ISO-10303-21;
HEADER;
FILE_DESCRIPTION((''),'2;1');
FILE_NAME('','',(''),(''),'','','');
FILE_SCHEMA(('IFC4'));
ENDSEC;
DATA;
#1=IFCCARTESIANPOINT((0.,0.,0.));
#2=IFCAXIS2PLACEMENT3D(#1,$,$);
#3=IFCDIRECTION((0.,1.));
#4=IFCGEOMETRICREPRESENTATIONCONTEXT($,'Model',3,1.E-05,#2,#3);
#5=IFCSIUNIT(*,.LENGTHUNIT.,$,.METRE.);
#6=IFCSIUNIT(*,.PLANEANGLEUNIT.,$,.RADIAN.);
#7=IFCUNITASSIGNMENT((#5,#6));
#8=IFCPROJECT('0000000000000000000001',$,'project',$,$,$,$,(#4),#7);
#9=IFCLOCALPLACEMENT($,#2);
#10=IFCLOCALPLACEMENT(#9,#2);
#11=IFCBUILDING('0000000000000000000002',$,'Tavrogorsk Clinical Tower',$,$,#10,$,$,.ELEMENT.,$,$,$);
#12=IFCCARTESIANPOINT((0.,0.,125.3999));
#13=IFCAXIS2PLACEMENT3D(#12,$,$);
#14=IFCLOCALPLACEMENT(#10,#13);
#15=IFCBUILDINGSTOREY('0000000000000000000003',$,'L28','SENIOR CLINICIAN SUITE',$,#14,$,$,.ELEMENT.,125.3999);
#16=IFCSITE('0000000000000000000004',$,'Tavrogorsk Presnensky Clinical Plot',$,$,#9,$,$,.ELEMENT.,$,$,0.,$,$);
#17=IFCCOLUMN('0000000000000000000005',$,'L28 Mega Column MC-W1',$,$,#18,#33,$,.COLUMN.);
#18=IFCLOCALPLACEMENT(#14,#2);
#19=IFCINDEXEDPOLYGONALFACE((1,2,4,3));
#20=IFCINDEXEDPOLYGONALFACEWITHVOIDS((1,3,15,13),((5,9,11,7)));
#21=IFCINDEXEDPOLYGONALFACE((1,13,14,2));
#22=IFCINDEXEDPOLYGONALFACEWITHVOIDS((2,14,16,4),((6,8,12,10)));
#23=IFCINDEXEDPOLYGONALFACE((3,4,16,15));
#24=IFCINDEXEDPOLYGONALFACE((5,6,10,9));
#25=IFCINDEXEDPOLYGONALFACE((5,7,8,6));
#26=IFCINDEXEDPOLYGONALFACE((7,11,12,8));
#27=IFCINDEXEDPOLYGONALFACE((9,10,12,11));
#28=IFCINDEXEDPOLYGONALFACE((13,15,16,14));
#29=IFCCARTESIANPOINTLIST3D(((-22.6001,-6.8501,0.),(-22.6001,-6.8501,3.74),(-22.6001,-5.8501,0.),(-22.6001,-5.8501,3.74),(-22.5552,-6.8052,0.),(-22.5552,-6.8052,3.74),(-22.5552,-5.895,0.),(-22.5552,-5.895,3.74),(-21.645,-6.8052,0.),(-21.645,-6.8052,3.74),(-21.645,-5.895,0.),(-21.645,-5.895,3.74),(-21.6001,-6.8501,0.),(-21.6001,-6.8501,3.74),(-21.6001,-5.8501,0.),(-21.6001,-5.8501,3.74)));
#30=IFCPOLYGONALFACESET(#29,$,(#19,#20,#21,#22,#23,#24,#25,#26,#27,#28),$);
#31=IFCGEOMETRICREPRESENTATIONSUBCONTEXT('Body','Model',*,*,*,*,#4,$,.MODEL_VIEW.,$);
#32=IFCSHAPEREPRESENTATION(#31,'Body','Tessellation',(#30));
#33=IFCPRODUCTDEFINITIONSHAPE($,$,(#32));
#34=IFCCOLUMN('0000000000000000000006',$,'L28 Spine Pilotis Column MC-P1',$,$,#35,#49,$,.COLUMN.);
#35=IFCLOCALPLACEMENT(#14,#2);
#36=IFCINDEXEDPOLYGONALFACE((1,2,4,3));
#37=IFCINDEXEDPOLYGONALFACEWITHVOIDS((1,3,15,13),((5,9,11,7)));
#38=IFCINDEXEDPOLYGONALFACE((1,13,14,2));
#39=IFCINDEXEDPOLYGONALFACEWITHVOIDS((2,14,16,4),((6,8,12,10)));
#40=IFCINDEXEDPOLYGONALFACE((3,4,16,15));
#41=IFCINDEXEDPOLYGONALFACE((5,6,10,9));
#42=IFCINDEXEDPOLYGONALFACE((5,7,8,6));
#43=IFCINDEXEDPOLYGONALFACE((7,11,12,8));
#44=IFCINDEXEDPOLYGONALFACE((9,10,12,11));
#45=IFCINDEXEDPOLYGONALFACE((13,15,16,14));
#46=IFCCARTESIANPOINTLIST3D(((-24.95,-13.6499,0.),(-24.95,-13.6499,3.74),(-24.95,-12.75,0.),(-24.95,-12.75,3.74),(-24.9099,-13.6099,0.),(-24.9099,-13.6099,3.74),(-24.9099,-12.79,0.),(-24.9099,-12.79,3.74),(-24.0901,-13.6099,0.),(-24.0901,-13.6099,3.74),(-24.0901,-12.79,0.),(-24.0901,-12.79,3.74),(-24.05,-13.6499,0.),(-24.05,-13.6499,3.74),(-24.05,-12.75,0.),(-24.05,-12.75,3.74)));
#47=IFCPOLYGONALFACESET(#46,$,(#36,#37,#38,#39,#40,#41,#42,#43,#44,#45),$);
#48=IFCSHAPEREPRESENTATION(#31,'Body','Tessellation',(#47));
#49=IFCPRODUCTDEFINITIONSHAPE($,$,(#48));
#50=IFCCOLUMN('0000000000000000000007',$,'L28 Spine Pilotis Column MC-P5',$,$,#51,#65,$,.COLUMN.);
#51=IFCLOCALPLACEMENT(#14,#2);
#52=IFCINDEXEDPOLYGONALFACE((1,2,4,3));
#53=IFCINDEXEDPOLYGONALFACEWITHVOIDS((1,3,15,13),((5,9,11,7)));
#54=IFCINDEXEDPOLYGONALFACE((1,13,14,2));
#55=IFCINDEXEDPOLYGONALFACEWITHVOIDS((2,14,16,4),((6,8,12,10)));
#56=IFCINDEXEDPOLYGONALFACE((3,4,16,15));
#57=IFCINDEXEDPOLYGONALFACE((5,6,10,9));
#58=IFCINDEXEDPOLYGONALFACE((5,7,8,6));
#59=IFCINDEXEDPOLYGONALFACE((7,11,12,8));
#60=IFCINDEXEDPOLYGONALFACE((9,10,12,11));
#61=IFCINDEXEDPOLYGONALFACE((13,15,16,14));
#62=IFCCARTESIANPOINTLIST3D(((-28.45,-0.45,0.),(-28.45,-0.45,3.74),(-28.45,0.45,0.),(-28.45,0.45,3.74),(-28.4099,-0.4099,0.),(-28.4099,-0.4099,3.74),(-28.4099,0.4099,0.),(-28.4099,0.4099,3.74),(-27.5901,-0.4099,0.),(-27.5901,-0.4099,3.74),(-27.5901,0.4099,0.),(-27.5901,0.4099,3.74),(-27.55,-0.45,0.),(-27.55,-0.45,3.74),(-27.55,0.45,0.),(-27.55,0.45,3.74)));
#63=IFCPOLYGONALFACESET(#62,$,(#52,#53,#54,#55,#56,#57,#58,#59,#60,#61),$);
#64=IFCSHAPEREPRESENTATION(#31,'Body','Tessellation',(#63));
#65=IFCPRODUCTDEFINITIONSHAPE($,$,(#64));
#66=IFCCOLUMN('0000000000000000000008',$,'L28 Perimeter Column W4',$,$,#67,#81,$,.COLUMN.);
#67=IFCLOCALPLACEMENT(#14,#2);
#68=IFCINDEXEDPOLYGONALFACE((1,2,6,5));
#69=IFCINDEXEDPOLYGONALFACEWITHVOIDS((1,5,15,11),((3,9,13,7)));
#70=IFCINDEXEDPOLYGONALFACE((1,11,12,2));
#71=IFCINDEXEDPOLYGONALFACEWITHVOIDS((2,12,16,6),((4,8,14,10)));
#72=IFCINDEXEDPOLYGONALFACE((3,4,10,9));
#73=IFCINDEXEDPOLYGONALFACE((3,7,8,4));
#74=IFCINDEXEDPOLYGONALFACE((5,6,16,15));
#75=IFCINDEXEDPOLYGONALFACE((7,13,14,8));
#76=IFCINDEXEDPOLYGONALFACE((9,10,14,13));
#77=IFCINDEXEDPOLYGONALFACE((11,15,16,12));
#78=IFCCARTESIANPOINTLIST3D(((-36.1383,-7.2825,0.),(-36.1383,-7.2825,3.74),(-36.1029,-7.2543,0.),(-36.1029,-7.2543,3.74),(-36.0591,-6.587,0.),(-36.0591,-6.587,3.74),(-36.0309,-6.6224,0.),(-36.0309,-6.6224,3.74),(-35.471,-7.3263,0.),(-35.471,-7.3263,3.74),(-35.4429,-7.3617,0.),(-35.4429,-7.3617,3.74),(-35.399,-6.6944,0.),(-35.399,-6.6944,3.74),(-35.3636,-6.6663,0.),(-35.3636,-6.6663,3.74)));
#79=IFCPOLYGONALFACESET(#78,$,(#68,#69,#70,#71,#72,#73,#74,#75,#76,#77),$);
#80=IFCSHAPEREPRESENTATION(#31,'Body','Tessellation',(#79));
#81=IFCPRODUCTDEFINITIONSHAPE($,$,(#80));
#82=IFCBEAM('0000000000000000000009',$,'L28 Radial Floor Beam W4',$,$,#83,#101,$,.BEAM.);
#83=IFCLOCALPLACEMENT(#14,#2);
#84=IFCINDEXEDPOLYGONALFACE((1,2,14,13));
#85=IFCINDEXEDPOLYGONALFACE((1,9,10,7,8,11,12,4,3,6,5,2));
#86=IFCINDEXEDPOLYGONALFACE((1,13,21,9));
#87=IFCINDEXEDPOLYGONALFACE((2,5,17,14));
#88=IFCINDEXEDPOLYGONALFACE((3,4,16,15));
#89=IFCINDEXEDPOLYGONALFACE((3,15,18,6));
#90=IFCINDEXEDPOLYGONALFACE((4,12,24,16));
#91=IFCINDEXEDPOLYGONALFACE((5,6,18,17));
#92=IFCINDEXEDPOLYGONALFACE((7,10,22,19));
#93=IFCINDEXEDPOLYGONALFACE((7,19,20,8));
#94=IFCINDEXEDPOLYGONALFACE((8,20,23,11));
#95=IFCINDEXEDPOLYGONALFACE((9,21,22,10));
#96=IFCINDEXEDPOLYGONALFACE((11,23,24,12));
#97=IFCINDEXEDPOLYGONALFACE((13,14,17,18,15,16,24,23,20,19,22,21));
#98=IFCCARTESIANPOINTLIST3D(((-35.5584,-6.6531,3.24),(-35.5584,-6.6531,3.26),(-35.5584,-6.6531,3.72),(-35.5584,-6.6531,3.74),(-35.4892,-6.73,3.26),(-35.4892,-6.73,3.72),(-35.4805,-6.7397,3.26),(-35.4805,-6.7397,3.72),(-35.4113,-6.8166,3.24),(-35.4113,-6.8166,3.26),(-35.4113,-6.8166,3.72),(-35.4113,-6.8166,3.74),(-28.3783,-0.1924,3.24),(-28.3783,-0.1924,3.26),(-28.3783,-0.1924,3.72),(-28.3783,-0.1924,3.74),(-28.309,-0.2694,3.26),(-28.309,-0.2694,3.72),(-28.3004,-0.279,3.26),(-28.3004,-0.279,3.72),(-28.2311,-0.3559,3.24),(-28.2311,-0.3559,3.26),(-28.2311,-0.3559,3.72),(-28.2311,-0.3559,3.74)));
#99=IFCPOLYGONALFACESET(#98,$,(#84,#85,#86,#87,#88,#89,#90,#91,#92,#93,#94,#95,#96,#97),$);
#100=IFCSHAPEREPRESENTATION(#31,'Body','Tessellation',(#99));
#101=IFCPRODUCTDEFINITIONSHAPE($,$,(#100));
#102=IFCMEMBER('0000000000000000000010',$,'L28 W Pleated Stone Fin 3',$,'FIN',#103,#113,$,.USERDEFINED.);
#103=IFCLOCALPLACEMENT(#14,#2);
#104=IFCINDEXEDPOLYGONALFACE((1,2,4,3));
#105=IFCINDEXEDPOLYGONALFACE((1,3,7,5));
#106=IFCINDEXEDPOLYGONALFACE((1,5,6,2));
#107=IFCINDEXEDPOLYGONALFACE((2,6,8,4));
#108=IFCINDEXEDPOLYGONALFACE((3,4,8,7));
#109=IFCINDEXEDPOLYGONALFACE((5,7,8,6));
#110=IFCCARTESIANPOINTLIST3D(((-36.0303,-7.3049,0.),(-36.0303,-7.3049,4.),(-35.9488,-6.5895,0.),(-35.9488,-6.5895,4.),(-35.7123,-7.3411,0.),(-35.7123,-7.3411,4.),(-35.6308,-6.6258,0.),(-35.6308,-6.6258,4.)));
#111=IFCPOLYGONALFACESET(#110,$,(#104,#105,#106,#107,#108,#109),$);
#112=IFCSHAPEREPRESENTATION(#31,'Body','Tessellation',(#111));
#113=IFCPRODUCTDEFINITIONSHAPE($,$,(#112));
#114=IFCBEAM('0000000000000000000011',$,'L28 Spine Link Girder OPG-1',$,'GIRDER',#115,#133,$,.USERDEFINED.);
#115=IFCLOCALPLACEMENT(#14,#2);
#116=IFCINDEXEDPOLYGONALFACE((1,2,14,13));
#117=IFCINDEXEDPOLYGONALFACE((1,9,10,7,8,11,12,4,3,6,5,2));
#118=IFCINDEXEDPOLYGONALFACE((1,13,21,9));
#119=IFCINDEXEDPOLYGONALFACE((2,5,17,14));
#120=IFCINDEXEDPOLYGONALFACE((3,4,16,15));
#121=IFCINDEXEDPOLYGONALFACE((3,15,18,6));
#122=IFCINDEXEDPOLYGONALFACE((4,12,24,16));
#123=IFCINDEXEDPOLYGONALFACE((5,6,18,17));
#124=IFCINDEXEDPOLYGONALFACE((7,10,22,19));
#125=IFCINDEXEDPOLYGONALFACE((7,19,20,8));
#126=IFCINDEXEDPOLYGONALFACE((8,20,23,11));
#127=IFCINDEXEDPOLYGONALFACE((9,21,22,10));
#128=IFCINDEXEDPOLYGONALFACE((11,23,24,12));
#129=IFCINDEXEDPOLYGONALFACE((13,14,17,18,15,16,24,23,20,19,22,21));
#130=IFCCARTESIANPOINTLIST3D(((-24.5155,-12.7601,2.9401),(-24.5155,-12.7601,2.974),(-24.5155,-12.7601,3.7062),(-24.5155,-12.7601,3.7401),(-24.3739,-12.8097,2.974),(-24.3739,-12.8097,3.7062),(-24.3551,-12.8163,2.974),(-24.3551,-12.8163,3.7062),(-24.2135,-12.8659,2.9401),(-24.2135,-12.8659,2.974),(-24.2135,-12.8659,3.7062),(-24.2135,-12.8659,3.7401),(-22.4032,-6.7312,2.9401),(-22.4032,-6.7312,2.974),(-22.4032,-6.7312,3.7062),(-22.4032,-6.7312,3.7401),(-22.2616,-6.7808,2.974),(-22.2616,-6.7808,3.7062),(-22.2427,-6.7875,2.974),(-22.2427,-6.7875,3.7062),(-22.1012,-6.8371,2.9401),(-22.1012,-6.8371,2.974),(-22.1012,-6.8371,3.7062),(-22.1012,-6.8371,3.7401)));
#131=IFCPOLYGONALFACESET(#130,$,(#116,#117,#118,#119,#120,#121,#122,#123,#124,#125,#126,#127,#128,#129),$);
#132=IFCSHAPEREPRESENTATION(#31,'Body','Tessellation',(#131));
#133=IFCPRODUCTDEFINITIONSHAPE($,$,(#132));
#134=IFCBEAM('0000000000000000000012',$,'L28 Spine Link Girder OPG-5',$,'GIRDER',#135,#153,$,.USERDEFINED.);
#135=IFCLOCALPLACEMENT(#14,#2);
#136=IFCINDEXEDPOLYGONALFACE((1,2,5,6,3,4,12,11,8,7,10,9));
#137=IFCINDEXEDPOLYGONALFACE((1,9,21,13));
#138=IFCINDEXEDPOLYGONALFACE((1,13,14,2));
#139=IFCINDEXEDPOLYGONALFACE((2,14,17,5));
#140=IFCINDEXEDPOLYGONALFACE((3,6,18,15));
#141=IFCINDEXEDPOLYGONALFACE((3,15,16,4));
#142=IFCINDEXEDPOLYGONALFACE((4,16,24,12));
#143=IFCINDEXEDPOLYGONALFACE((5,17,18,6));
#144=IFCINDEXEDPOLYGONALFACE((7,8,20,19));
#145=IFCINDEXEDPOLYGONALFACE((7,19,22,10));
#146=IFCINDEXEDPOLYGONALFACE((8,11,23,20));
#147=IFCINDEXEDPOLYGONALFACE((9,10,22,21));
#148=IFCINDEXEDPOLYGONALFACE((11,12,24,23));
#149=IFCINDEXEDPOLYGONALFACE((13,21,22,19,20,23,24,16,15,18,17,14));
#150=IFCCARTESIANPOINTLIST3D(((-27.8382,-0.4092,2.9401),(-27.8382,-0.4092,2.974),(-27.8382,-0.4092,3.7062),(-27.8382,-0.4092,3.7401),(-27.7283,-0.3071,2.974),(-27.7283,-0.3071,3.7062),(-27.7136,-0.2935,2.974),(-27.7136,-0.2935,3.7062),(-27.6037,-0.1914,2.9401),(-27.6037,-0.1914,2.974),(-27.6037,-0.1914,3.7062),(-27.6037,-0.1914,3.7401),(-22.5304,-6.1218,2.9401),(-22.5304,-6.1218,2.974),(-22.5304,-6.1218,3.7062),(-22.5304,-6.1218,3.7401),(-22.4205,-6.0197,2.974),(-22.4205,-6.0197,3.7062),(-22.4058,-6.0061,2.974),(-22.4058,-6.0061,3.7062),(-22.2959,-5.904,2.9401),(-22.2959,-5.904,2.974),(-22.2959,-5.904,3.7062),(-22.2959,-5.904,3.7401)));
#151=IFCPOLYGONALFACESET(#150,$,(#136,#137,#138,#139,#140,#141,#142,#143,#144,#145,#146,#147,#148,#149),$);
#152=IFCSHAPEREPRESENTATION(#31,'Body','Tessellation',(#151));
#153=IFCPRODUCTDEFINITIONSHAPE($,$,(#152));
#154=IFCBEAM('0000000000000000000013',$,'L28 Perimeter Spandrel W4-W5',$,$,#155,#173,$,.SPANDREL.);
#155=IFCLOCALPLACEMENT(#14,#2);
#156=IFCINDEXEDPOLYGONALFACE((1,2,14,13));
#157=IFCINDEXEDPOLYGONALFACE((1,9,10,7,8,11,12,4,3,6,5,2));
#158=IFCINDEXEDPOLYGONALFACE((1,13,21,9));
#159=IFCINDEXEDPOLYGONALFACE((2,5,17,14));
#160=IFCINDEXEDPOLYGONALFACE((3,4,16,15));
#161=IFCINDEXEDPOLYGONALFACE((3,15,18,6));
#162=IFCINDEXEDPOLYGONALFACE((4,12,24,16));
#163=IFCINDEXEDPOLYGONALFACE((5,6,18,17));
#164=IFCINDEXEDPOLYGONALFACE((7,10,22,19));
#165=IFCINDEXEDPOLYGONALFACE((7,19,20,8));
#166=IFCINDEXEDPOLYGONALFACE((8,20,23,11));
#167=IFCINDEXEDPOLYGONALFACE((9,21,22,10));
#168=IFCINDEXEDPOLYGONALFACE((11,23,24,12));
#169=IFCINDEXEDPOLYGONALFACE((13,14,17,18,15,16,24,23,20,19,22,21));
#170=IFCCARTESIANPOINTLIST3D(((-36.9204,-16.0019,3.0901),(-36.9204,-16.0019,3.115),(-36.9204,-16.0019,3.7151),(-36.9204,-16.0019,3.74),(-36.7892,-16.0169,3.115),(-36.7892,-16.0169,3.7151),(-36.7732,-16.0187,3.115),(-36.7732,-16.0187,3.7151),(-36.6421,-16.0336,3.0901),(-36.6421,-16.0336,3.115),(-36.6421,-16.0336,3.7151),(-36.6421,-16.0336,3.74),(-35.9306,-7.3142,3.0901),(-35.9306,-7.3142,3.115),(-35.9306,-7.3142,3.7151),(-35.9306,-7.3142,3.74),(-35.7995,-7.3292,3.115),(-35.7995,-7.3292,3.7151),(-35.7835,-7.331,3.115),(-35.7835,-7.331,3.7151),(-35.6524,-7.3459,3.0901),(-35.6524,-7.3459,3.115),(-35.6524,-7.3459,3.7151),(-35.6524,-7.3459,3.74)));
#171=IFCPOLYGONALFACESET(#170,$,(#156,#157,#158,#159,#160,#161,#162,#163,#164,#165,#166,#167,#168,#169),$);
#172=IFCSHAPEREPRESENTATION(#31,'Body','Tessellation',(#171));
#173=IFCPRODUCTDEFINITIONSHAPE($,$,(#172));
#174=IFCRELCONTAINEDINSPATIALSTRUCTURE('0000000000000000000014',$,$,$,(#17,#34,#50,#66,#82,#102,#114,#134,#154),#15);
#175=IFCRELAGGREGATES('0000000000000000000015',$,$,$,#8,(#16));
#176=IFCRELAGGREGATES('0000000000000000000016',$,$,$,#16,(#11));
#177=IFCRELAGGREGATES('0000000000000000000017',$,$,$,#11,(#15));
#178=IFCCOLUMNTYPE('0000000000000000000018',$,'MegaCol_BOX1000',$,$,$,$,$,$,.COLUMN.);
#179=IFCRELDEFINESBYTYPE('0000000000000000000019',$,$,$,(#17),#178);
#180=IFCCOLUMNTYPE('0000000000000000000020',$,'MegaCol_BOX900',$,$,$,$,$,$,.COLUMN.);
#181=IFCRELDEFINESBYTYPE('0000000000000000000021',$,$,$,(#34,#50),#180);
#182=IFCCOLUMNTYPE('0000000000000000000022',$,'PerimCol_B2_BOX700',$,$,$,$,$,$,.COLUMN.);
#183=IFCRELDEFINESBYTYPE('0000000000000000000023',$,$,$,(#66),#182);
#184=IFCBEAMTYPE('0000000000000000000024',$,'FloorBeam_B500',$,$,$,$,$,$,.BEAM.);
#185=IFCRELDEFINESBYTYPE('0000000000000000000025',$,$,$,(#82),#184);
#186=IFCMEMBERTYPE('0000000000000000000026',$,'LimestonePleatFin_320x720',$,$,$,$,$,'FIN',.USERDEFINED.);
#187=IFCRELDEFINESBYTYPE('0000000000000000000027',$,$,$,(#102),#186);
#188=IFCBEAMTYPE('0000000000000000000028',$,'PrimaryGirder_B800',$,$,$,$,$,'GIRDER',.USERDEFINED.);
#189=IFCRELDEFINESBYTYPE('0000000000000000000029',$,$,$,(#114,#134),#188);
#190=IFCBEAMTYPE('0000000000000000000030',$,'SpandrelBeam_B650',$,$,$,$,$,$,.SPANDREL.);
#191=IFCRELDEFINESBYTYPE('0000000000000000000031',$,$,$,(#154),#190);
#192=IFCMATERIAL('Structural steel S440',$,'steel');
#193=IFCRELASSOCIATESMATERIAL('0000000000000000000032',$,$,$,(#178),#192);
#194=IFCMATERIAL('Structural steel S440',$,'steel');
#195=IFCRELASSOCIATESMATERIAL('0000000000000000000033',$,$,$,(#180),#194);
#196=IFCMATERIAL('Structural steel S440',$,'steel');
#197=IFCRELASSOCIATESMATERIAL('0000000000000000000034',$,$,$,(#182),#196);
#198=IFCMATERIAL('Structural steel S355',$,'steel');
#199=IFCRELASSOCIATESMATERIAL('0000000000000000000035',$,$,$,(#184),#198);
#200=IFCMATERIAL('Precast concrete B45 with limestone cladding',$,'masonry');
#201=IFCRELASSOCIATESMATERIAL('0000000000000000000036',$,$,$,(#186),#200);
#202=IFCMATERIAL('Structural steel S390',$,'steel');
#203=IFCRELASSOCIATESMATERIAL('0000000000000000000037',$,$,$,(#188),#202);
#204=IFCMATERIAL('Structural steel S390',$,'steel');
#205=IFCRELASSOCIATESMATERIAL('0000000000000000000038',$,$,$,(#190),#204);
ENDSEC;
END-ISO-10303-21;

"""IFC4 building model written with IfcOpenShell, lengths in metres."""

from ifc_helpers import new_model, si_unit, direction, frame, origin, origin_2d, place, context, subcontext, project, spatial, rectangle, hollow_rectangle, i_section, extrude, material, material_profile, profile_set, type_object, element, save


model = new_model("IFC4")

# Units and contexts
model_context = context("Model", 3, precision=1e-05, world=origin(), true_north=direction((0.0, 1.0)))
body_context = subcontext(model_context, "Body", "Model", "MODEL_VIEW")
ifc_project = project(units=[si_unit("LENGTHUNIT", "METRE"), si_unit("PLANEANGLEUNIT", "RADIAN")], contexts=[model_context])

# Site, building, storey
site_placement = place(None, origin())
site = spatial("IfcSite", under=ifc_project, at=site_placement, Name="Tavrogorsk Presnensky Clinical Plot", CompositionType="ELEMENT", RefElevation=0.0)
building_placement = place(site_placement, origin())
building = spatial("IfcBuilding", under=site, at=building_placement, Name="Tavrogorsk Clinical Tower", CompositionType="ELEMENT")
storey_placement = place(building_placement, frame((0.0, 0.0, 125.3999)))
storey = spatial("IfcBuildingStorey", under=building, at=storey_placement, Name="L28", Description="SENIOR CLINICIAN SUITE", CompositionType="ELEMENT", Elevation=125.3999)

# Columns
ifc_material_1 = material(Name="Structural steel S440", Category="steel")
ifc_material_profile_1 = material_profile(ifc_material_1, hollow_rectangle(XDim=1.0, YDim=1.0, WallThickness=0.0449, at=origin_2d()), Name="BOX-1000x1000x45")
ifc_profile_set_1 = profile_set([ifc_material_profile_1], Name="Structural steel S440")
column_type_1 = type_object("IfcColumnType", Name="MegaCol_BOX1000", PredefinedType="COLUMN", material=ifc_profile_set_1)
column_1_placement = place(storey_placement, frame((-22.1001, -6.3501, 0.0), z_axis=(0.0, 0.0, 1.0), x_axis=(1.0, 0.0, 0.0)))
element("IfcColumn", 1, at=column_1_placement, inside=storey, type_object=column_type_1, Name="L28 Mega Column MC-W1", PredefinedType="COLUMN", context=body_context, shape_type="SweptSolid", body=[
    extrude(hollow_rectangle(XDim=1.0, YDim=1.0, WallThickness=0.0449, at=origin_2d()), origin(), (0.0, 0.0, 1.0), 3.74),
])
ifc_material_2 = material(Name="Structural steel S440", Category="steel")
ifc_material_profile_2 = material_profile(ifc_material_2, hollow_rectangle(XDim=0.8999, YDim=0.8999, WallThickness=0.04, at=origin_2d()), Name="BOX-900x900x40")
ifc_profile_set_2 = profile_set([ifc_material_profile_2], Name="Structural steel S440")
column_type_2 = type_object("IfcColumnType", Name="MegaCol_BOX900", PredefinedType="COLUMN", material=ifc_profile_set_2)
for number, where, z_axis, x_axis, name in (
    (2, (-24.5, -13.2, 0.0), (0.0, 0.0, 1.0), (1.0, 0.0, 0.0), "L28 Spine Pilotis Column MC-P1"),
    (3, (-28.0, 0.0, 0.0), (0.0, 0.0, 1.0), (1.0, 0.0, 0.0), "L28 Spine Pilotis Column MC-P5"),
):
    element("IfcColumn", number, at=place(storey_placement, frame(where, z_axis=z_axis, x_axis=x_axis)), inside=storey, type_object=column_type_2, Name=name, PredefinedType="COLUMN", context=body_context, shape_type="SweptSolid", body=[
        extrude(hollow_rectangle(XDim=0.8999, YDim=0.8999, WallThickness=0.04, at=origin_2d()), origin(), (0.0, 0.0, 1.0), 3.74),
    ])
ifc_material_3 = material(Name="Structural steel S440", Category="steel")
ifc_material_profile_3 = material_profile(ifc_material_3, hollow_rectangle(XDim=0.7, YDim=0.7, WallThickness=0.032, at=origin_2d()), Name="BOX-700x700x32")
ifc_profile_set_3 = profile_set([ifc_material_profile_3], Name="Structural steel S440")
column_type_3 = type_object("IfcColumnType", Name="PerimCol_B2_BOX700", PredefinedType="COLUMN", material=ifc_profile_set_3)
column_2_placement = place(storey_placement, frame((-35.751, -6.9744, 0.0), z_axis=(0.0, 0.0, 1.0), x_axis=(0.993572, -0.113203, 0.0)))
element("IfcColumn", 4, at=column_2_placement, inside=storey, type_object=column_type_3, Name="L28 Perimeter Column W4", PredefinedType="COLUMN", context=body_context, shape_type="SweptSolid", body=[
    extrude(hollow_rectangle(XDim=0.7, YDim=0.7, WallThickness=0.032, at=origin_2d()), origin(), (0.0, 0.0, 1.0), 3.74),
])

# Beam
ifc_material_4 = material(Name="Structural steel S355", Category="steel")
ifc_material_profile_4 = material_profile(ifc_material_4, i_section(OverallWidth=0.22, OverallDepth=0.5, WebThickness=0.0129, FlangeThickness=0.02, at=origin_2d()), Name="B-500x220x13x20")
ifc_profile_set_4 = profile_set([ifc_material_profile_4], Name="Structural steel S355")
beam_type_1 = type_object("IfcBeamType", Name="FloorBeam_B500", PredefinedType="BEAM", material=ifc_profile_set_4)
beam_1_placement = place(storey_placement, frame((-28.3047, -0.2742, 3.49), z_axis=(-0.74337, -0.668881, 0.0), x_axis=(0.668881, -0.74337, 0.0)))
element("IfcBeam", 5, at=beam_1_placement, inside=storey, type_object=beam_type_1, Name="L28 Radial Floor Beam W4", PredefinedType="BEAM", context=body_context, shape_type="SweptSolid", body=[
    extrude(i_section(OverallWidth=0.22, OverallDepth=0.5, WebThickness=0.0129, FlangeThickness=0.02, at=origin_2d()), origin(), (0.0, 0.0, 1.0), 9.6589),
])

# Member
ifc_material_5 = material(Name="Precast concrete B45 with limestone cladding", Category="masonry")
ifc_material_profile_5 = material_profile(ifc_material_5, rectangle(XDim=0.3201, YDim=0.72, at=origin_2d()), Name="LIMESTONE-FIN-320x720")
ifc_profile_set_5 = profile_set([ifc_material_profile_5], Name="Precast concrete B45 with limestone cladding")
member_type = type_object("IfcMemberType", Name="LimestonePleatFin_320x720", ElementType="FIN", PredefinedType="USERDEFINED", material=ifc_profile_set_5)
member_placement = place(storey_placement, frame((-35.8306, -6.9653, 0.0), z_axis=(0.0, 0.0, 1.0), x_axis=(0.993572, -0.113203, 0.0)))
element("IfcMember", 6, at=member_placement, inside=storey, type_object=member_type, Name="L28 W Pleated Stone Fin 3", ObjectType="FIN", PredefinedType="USERDEFINED", context=body_context, shape_type="SweptSolid", body=[
    extrude(rectangle(XDim=0.3201, YDim=0.72, at=origin_2d()), origin(), (0.0, 0.0, 1.0), 4.0),
])

# Beams
ifc_material_6 = material(Name="Structural steel S390", Category="steel")
ifc_material_profile_6 = material_profile(ifc_material_6, i_section(OverallWidth=0.3201, OverallDepth=0.8, WebThickness=0.02, FlangeThickness=0.0339, at=origin_2d()), Name="B-800x320x20x34")
ifc_profile_set_6 = profile_set([ifc_material_profile_6], Name="Structural steel S390")
beam_type_2 = type_object("IfcBeamType", Name="PrimaryGirder_B800", ElementType="GIRDER", PredefinedType="USERDEFINED", material=ifc_profile_set_6)
beam_2_placement = place(storey_placement, frame((-24.3645, -12.813, 3.3401), z_axis=(0.33066, 0.94375, 0.0), x_axis=(-0.94375, 0.33066, 0.0)))
element("IfcBeam", 7, at=beam_2_placement, inside=storey, type_object=beam_type_2, Name="L28 Spine Link Girder OPG-1", ObjectType="GIRDER", PredefinedType="USERDEFINED", context=body_context, shape_type="SweptSolid", body=[
    extrude(i_section(OverallWidth=0.3201, OverallDepth=0.8, WebThickness=0.02, FlangeThickness=0.0339, at=origin_2d()), origin(), (0.0, 0.0, 1.0), 6.3882),
])
beam_3_placement = place(storey_placement, frame((-27.7209, -0.3003, 3.3401), z_axis=(0.680676, -0.732585, 0.0), x_axis=(0.732585, 0.680676, 0.0)))
element("IfcBeam", 8, at=beam_3_placement, inside=storey, type_object=beam_type_2, Name="L28 Spine Link Girder OPG-5", ObjectType="GIRDER", PredefinedType="USERDEFINED", context=body_context, shape_type="SweptSolid", body=[
    extrude(i_section(OverallWidth=0.3201, OverallDepth=0.8, WebThickness=0.02, FlangeThickness=0.0339, at=origin_2d()), origin(), (0.0, 0.0, 1.0), 7.7979),
])
ifc_material_7 = material(Name="Structural steel S390", Category="steel")
ifc_material_profile_7 = material_profile(ifc_material_7, i_section(OverallWidth=0.28, OverallDepth=0.6499, WebThickness=0.0161, FlangeThickness=0.0249, at=origin_2d()), Name="B-650x280x16x25")
ifc_profile_set_7 = profile_set([ifc_material_profile_7], Name="Structural steel S390")
beam_type_3 = type_object("IfcBeamType", Name="SpandrelBeam_B650", PredefinedType="SPANDREL", material=ifc_profile_set_7)
beam_4_placement = place(storey_placement, frame((-35.7915, -7.3301, 3.415), z_axis=(-0.113192, -0.993573, 0.0), x_axis=(0.993573, -0.113192, 0.0)))
element("IfcBeam", 9, at=beam_4_placement, inside=storey, type_object=beam_type_3, Name="L28 Perimeter Spandrel W4-W5", PredefinedType="SPANDREL", context=body_context, shape_type="SweptSolid", body=[
    extrude(i_section(OverallWidth=0.28, OverallDepth=0.6499, WebThickness=0.0161, FlangeThickness=0.0249, at=origin_2d()), origin(), (0.0, 0.0, 1.0), 8.7439),
])

save(model, "model.ifc")
